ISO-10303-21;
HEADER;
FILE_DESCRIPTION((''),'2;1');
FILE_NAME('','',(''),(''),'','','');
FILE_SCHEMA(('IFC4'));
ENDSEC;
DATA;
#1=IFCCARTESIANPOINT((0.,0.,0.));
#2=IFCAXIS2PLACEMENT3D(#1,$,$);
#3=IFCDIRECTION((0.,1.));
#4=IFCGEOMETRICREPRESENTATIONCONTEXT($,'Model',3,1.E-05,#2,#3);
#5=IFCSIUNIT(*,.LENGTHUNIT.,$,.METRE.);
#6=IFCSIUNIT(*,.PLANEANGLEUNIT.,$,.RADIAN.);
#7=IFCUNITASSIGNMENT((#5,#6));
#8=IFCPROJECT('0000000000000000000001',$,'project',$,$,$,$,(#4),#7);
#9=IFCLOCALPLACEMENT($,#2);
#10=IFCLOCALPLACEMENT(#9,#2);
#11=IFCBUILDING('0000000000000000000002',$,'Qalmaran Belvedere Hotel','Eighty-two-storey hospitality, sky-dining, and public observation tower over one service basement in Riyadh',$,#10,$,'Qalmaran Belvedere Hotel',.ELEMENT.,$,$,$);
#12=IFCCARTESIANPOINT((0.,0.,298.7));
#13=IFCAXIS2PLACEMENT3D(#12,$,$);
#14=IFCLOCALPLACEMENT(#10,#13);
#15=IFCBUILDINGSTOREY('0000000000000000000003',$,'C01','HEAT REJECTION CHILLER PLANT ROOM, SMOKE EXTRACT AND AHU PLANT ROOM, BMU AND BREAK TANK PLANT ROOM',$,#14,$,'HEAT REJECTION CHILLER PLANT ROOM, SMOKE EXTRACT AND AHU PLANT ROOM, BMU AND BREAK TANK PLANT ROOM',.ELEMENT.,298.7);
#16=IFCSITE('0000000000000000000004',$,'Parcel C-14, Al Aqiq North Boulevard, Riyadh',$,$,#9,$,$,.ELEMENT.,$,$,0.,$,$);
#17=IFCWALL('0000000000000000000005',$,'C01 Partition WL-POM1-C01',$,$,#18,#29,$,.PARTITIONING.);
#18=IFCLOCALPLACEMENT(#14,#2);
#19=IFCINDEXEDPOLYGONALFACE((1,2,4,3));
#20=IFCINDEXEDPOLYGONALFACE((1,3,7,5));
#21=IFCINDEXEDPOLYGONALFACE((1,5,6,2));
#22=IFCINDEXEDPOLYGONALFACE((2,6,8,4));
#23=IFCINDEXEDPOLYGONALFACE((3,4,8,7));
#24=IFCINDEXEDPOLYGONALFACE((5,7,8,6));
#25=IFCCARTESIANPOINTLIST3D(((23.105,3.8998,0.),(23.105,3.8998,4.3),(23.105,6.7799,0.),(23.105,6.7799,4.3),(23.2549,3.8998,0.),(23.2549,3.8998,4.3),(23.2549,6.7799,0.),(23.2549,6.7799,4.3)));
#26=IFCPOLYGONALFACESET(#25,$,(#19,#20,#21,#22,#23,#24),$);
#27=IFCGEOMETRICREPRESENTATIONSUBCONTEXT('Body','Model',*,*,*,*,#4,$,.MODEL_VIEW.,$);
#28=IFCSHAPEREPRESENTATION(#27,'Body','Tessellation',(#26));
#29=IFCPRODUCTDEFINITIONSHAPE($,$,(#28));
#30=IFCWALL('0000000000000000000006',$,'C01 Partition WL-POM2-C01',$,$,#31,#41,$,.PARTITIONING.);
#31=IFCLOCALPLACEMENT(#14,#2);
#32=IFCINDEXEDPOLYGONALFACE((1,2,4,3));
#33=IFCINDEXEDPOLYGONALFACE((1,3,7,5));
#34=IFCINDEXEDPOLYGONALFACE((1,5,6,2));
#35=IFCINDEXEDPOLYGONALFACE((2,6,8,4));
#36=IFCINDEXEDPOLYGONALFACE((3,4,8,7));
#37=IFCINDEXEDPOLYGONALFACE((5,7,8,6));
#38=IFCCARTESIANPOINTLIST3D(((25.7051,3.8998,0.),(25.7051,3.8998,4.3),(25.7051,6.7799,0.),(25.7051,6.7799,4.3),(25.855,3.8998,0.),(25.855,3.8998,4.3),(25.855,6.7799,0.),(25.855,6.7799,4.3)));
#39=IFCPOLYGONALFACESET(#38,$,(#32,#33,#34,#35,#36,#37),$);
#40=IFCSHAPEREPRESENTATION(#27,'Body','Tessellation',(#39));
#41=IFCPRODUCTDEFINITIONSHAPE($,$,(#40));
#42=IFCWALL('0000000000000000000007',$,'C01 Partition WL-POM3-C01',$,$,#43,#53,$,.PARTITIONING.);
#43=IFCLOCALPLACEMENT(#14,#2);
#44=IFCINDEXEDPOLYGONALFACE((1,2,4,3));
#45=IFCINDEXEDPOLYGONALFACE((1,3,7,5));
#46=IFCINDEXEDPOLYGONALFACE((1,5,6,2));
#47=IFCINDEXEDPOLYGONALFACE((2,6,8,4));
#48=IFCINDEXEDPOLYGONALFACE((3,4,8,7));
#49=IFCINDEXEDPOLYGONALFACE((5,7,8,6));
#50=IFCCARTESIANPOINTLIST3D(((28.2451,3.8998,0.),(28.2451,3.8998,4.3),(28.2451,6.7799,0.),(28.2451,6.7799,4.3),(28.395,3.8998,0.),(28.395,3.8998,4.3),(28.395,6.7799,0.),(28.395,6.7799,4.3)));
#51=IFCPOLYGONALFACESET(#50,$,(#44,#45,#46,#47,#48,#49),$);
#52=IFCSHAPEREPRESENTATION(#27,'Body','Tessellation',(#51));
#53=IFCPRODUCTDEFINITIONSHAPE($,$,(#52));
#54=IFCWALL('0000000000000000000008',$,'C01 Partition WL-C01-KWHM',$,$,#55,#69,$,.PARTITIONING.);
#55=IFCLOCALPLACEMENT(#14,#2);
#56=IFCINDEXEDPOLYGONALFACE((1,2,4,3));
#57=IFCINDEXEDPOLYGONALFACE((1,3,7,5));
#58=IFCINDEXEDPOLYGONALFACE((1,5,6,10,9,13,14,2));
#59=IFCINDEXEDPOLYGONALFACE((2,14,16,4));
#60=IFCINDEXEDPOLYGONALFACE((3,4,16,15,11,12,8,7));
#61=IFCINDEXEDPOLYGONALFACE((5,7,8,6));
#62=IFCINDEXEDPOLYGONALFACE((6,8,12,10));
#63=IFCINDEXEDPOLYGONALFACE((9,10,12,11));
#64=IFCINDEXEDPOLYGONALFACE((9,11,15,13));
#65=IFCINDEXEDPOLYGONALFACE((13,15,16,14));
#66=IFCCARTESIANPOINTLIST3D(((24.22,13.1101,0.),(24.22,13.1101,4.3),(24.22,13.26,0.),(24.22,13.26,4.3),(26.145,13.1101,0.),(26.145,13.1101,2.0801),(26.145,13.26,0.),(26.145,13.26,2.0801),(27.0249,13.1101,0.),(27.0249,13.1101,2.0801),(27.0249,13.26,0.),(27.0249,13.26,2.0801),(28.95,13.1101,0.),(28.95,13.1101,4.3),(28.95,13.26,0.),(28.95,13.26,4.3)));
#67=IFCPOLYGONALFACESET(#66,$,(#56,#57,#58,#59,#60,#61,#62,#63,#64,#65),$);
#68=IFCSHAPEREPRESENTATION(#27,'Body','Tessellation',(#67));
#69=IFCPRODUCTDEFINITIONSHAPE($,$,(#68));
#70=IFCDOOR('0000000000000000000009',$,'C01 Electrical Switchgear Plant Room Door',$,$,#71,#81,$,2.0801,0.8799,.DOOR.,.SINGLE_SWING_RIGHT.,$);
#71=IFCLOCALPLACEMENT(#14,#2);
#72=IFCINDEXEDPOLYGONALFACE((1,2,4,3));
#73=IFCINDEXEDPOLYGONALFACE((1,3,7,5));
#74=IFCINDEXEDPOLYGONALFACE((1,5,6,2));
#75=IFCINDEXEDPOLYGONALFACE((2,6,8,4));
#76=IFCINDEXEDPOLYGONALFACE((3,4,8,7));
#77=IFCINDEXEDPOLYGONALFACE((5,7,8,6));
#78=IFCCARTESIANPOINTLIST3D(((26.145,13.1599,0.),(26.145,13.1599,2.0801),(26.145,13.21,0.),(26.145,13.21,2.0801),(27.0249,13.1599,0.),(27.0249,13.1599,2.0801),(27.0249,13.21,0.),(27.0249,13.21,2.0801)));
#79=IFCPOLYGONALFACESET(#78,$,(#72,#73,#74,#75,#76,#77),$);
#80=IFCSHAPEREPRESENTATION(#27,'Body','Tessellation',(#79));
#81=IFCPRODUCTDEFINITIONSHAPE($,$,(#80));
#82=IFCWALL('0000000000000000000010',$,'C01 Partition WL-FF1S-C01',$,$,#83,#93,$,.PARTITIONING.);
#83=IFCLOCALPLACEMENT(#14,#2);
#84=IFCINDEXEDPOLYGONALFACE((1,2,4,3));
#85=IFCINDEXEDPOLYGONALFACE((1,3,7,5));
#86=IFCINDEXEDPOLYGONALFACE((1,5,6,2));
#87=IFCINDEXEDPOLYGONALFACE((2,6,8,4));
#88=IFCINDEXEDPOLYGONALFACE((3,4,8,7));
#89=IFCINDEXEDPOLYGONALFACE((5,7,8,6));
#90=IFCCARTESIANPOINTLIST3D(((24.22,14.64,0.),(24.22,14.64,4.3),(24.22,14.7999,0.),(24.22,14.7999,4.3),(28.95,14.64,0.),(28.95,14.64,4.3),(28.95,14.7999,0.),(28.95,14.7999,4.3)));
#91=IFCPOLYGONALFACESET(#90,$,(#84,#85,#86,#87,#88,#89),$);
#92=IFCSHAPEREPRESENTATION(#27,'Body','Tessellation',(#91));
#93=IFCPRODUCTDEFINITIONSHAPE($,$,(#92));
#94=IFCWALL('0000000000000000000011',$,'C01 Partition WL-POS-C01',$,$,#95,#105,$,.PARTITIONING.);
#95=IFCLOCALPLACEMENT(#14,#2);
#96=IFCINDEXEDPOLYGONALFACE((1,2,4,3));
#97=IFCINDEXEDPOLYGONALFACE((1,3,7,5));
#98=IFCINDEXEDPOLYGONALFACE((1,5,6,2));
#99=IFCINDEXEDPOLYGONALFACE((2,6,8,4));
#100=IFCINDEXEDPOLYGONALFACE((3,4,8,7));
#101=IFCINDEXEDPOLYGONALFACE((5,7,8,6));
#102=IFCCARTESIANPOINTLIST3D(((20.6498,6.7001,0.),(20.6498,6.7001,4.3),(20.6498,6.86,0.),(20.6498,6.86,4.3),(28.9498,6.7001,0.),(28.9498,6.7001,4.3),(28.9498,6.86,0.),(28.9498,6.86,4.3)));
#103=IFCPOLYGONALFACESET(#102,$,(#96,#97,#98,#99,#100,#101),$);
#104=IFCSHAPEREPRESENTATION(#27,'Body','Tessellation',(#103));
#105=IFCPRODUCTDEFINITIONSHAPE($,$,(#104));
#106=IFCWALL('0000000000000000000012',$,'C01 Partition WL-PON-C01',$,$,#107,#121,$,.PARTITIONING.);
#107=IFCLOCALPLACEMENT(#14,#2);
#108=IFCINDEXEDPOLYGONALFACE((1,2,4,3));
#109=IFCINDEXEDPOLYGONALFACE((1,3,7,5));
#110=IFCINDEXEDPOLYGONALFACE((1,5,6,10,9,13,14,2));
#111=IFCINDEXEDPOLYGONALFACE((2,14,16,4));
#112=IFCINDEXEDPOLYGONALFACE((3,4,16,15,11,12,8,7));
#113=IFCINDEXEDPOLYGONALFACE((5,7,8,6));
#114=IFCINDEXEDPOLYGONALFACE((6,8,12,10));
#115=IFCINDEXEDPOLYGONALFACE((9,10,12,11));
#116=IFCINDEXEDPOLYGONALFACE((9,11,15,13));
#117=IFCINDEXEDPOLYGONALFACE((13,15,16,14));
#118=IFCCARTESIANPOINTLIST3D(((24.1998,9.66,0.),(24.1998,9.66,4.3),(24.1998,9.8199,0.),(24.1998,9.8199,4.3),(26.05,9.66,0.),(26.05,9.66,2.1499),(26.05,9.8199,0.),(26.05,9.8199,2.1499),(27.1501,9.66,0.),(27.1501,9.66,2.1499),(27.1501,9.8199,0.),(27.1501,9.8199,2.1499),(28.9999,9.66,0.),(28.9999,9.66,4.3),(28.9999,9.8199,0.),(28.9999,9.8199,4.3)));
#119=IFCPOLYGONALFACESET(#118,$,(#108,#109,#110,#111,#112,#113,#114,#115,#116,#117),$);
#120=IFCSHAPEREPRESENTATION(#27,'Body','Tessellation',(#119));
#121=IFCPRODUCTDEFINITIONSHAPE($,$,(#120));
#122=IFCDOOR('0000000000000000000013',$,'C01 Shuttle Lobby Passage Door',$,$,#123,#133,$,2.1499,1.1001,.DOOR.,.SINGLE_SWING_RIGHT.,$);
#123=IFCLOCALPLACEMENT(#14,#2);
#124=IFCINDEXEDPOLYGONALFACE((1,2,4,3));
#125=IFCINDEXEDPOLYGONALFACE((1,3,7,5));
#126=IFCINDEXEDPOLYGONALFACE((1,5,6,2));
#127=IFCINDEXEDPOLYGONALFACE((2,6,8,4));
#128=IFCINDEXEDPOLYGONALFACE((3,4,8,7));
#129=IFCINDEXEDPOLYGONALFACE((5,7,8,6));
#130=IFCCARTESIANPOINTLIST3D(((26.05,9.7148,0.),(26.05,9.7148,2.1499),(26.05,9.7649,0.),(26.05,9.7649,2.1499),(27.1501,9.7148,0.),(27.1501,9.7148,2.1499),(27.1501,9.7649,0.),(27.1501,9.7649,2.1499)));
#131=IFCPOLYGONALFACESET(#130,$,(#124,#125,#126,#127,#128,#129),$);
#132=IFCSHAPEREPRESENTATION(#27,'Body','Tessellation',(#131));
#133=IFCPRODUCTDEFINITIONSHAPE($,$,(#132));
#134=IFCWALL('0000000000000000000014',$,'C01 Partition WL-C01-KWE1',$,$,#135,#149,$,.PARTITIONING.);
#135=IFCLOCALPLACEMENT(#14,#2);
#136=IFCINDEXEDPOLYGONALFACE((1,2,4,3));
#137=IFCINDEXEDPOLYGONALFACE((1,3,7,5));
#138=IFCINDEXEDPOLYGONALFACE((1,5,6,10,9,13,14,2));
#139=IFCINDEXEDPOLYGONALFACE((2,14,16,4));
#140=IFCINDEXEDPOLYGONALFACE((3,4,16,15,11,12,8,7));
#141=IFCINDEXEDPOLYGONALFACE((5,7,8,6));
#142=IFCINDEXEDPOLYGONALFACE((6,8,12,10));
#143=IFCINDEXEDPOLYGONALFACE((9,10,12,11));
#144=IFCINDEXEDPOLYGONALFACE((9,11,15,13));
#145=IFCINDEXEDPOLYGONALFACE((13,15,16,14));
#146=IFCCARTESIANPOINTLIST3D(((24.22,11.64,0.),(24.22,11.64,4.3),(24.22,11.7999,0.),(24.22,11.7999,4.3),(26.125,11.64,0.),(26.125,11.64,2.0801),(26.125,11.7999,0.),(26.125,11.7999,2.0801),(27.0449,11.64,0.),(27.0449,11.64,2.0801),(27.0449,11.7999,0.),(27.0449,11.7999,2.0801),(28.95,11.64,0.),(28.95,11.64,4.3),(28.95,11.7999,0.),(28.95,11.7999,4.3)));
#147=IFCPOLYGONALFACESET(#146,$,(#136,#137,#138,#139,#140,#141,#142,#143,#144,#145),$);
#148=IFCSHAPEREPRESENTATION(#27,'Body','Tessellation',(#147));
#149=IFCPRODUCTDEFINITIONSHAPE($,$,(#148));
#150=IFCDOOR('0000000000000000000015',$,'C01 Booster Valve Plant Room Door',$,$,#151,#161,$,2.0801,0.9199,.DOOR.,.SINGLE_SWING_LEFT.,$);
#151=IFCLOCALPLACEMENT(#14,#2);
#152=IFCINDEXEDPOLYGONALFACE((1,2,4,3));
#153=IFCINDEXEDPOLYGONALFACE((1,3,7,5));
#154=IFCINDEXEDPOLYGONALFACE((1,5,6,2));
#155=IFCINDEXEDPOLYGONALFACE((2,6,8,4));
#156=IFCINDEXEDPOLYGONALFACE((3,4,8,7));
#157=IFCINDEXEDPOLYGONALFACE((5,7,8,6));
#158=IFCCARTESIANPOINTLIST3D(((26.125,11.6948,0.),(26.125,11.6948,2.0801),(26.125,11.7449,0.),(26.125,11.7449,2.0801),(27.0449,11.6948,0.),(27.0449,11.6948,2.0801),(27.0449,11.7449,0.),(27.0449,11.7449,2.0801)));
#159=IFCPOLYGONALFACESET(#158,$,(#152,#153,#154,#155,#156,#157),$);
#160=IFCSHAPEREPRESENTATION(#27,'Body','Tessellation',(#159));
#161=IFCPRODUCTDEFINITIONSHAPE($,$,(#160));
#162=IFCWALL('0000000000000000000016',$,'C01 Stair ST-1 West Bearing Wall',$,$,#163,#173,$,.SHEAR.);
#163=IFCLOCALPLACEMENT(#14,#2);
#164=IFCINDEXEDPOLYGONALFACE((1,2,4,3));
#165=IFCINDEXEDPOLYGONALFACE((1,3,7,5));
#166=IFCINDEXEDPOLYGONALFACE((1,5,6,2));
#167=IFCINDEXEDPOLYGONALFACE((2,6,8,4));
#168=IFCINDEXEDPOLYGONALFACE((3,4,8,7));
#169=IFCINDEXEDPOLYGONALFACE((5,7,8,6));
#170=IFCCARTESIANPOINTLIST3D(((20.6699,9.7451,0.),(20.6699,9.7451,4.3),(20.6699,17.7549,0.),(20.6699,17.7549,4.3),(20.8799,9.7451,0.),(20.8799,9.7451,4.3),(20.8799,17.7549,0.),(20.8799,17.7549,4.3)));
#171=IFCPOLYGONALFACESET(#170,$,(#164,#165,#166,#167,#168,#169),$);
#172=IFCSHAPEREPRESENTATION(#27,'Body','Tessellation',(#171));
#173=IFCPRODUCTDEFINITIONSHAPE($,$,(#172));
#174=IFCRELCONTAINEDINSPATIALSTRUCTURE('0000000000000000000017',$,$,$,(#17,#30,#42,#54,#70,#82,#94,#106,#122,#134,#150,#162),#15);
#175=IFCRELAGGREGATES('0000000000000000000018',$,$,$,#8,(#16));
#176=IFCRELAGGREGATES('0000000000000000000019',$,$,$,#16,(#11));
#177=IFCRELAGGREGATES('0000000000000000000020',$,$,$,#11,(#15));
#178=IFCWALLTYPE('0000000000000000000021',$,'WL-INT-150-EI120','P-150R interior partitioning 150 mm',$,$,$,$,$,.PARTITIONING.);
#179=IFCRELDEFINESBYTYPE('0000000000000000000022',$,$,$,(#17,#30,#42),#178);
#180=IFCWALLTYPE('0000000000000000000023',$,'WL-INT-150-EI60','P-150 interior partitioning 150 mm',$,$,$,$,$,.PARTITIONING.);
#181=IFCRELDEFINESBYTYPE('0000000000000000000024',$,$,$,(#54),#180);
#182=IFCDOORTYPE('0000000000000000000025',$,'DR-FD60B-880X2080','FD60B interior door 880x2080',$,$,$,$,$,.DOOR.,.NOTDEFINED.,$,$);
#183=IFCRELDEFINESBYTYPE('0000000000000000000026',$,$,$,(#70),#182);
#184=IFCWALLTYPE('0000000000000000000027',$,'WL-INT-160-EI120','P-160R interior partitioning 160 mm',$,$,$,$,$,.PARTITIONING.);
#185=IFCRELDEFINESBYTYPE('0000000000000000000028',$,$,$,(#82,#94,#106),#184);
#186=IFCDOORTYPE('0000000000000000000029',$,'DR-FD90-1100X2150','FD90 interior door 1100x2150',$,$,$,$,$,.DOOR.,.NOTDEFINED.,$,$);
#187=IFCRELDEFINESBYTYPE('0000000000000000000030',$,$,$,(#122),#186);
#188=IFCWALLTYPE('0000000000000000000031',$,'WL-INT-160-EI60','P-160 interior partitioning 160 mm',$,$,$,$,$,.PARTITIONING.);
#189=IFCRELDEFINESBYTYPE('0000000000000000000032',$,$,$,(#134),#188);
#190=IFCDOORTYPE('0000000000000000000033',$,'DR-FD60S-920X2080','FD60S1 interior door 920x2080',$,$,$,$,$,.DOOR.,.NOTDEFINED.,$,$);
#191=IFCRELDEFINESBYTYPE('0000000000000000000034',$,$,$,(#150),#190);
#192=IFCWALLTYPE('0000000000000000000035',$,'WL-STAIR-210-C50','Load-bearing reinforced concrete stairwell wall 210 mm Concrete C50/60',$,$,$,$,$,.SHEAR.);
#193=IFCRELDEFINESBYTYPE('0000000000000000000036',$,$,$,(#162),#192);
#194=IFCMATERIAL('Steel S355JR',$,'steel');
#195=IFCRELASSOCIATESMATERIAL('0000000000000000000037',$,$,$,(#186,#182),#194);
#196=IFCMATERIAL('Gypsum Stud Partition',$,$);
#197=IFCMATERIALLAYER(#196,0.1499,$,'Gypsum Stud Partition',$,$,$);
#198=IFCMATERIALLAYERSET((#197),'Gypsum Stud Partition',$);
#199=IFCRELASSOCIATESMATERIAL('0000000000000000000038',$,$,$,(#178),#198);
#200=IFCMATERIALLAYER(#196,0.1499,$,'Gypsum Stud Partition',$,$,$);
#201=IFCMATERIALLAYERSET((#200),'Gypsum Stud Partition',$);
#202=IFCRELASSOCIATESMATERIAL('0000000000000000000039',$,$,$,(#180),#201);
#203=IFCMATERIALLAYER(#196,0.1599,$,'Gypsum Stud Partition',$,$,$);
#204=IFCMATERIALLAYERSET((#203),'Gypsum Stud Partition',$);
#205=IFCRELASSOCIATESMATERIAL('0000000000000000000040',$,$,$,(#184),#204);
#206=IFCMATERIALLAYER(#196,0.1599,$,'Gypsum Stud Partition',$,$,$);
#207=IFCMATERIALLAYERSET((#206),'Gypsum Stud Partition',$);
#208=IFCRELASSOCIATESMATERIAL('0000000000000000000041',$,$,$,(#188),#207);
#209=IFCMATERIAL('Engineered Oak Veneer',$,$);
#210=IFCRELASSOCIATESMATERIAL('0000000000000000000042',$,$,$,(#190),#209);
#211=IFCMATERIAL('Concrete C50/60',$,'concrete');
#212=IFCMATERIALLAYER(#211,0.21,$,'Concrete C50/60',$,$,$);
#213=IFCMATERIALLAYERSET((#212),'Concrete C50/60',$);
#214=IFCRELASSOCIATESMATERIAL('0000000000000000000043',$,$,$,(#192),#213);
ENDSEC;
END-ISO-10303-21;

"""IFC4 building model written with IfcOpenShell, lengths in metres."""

from ifc_helpers import new_model, si_unit, direction, frame, frame_2d, origin, place, context, subcontext, project, spatial, rectangle, extrude, material, layer, layer_set, type_object, element, fill, save


model = new_model("IFC4")

# Units and contexts
model_context = context("Model", 3, precision=1e-05, world=origin(), true_north=direction((0.0, 1.0)))
body_context = subcontext(model_context, "Body", "Model", "MODEL_VIEW")
ifc_project = project(units=[si_unit("LENGTHUNIT", "METRE"), si_unit("PLANEANGLEUNIT", "RADIAN")], contexts=[model_context])

# Site, building, storey
site_placement = place(None, origin())
site = spatial("IfcSite", under=ifc_project, at=site_placement, Name="Parcel C-14, Al Aqiq North Boulevard, Riyadh", CompositionType="ELEMENT", RefElevation=0.0)
building_placement = place(site_placement, origin())
building = spatial("IfcBuilding", under=site, at=building_placement, Name="Qalmaran Belvedere Hotel", Description="Eighty-two-storey hospitality, sky-dining, and public observation tower over one service basement in Riyadh", LongName="Qalmaran Belvedere Hotel", CompositionType="ELEMENT")
storey_placement = place(building_placement, frame((0.0, 0.0, 298.7)))
storey = spatial("IfcBuildingStorey", under=building, at=storey_placement, Name="C01", Description="HEAT REJECTION CHILLER PLANT ROOM, SMOKE EXTRACT AND AHU PLANT ROOM, BMU AND BREAK TANK PLANT ROOM", LongName="HEAT REJECTION CHILLER PLANT ROOM, SMOKE EXTRACT AND AHU PLANT ROOM, BMU AND BREAK TANK PLANT ROOM", CompositionType="ELEMENT", Elevation=298.7)

# Shared definitions
ifc_material_1 = material(Name="Concrete C50/60", Category="concrete")

# Shared definitions
ifc_material_2 = material(Name="Steel S355JR", Category="steel")

# Shared definitions
door_type_1 = type_object("IfcDoorType", Name="DR-FD90-1100X2150", Description="FD90 interior door 1100x2150", OperationType="NOTDEFINED", PredefinedType="DOOR", material=ifc_material_2)

# Walls
ifc_material_3 = material(Name="Gypsum Stud Partition")
ifc_layer_1 = layer(ifc_material_3, 0.1499, Name="Gypsum Stud Partition")
ifc_layer_set_1 = layer_set([ifc_layer_1], Name="Gypsum Stud Partition")
wall_type_1 = type_object("IfcWallType", Name="WL-INT-150-EI120", Description="P-150R interior partitioning 150 mm", PredefinedType="PARTITIONING", material=ifc_layer_set_1)
for number, where, z_axis, x_axis, name in (
    (1, (23.1799, 3.8999, 0.0), (0.0, 0.0, 1.0), (0.0, 1.0, 0.0), "C01 Partition WL-POM1-C01"),
    (2, (25.78, 3.8999, 0.0), (0.0, 0.0, 1.0), (0.0, 1.0, 0.0), "C01 Partition WL-POM2-C01"),
    (3, (28.3201, 3.8999, 0.0), (0.0, 0.0, 1.0), (0.0, 1.0, 0.0), "C01 Partition WL-POM3-C01"),
):
    element("IfcWall", number, at=place(storey_placement, frame(where, z_axis=z_axis, x_axis=x_axis)), inside=storey, type_object=wall_type_1, Name=name, PredefinedType="PARTITIONING", context=body_context, shape_type="SweptSolid", body=[
        extrude(rectangle(XDim=2.8801, YDim=0.1499, at=frame_2d((1.4399, 0.0))), origin(), (0.0, 0.0, 1.0), 4.3),
    ])

# Wall, opening, door
ifc_layer_2 = layer(ifc_material_3, 0.1499, Name="Gypsum Stud Partition")
ifc_layer_set_2 = layer_set([ifc_layer_2], Name="Gypsum Stud Partition")
wall_type_2 = type_object("IfcWallType", Name="WL-INT-150-EI60", Description="P-150 interior partitioning 150 mm", PredefinedType="PARTITIONING", material=ifc_layer_set_2)
wall_1_placement = place(storey_placement, frame((24.22, 13.1851, 0.0), z_axis=(0.0, 0.0, 1.0), x_axis=(1.0, 0.0, 0.0)))
wall_1 = element("IfcWall", 4, at=wall_1_placement, inside=storey, type_object=wall_type_2, Name="C01 Partition WL-C01-KWHM", PredefinedType="PARTITIONING", context=body_context, shape_type="SweptSolid", body=[
    extrude(rectangle(XDim=4.73, YDim=0.1499, at=frame_2d((2.365, 0.0))), origin(), (0.0, 0.0, 1.0), 4.3),
])
opening_1_placement = place(wall_1_placement, frame((1.925, 0.0, 0.0)))
opening_1 = element("IfcOpeningElement", 5, at=opening_1_placement, cuts=wall_1, PredefinedType="OPENING", context=body_context, shape_type="SweptSolid", body=[
    extrude(rectangle(XDim=0.8799, YDim=2.0801, at=frame_2d((0.4399, 1.04))), frame((0.0, 0.085, 0.0), z_axis=(0.0, -1.0, 0.0), x_axis=(1.0, 0.0, 0.0)), (0.0, 0.0, 1.0), 0.1699),
])
door_type_2 = type_object("IfcDoorType", Name="DR-FD60B-880X2080", Description="FD60B interior door 880x2080", OperationType="NOTDEFINED", PredefinedType="DOOR", material=ifc_material_2)
door_1_placement = place(opening_1_placement, origin())
door_1 = element("IfcDoor", 6, at=door_1_placement, inside=storey, type_object=door_type_2, Name="C01 Electrical Switchgear Plant Room Door", OperationType="SINGLE_SWING_RIGHT", OverallHeight=2.0801, OverallWidth=0.8799, PredefinedType="DOOR", context=body_context, shape_type="SweptSolid", body=[
    extrude(rectangle(XDim=0.8799, YDim=2.0801, at=frame_2d((0.4399, 1.04))), frame((0.0, 0.0249, 0.0), z_axis=(0.0, -1.0, 0.0), x_axis=(1.0, 0.0, 0.0)), (0.0, 0.0, 1.0), 0.05),
])
fill(opening_1, door_1)

# Walls
ifc_layer_3 = layer(ifc_material_3, 0.1599, Name="Gypsum Stud Partition")
ifc_layer_set_3 = layer_set([ifc_layer_3], Name="Gypsum Stud Partition")
wall_type_3 = type_object("IfcWallType", Name="WL-INT-160-EI120", Description="P-160R interior partitioning 160 mm", PredefinedType="PARTITIONING", material=ifc_layer_set_3)
wall_2_placement = place(storey_placement, frame((24.22, 14.72, 0.0), z_axis=(0.0, 0.0, 1.0), x_axis=(1.0, 0.0, 0.0)))
element("IfcWall", 7, at=wall_2_placement, inside=storey, type_object=wall_type_3, Name="C01 Partition WL-FF1S-C01", PredefinedType="PARTITIONING", context=body_context, shape_type="SweptSolid", body=[
    extrude(rectangle(XDim=4.73, YDim=0.1599, at=frame_2d((2.365, 0.0))), origin(), (0.0, 0.0, 1.0), 4.3),
])
wall_3_placement = place(storey_placement, frame((20.6499, 6.78, 0.0), z_axis=(0.0, 0.0, 1.0), x_axis=(1.0, 0.0, 0.0)))
element("IfcWall", 8, at=wall_3_placement, inside=storey, type_object=wall_type_3, Name="C01 Partition WL-POS-C01", PredefinedType="PARTITIONING", context=body_context, shape_type="SweptSolid", body=[
    extrude(rectangle(XDim=8.3, YDim=0.1599, at=frame_2d((4.1499, 0.0))), origin(), (0.0, 0.0, 1.0), 4.3),
])

# Walls, openings, doors
wall_4_placement = place(storey_placement, frame((24.2, 9.74, 0.0), z_axis=(0.0, 0.0, 1.0), x_axis=(1.0, 0.0, 0.0)))
wall_4 = element("IfcWall", 9, at=wall_4_placement, inside=storey, type_object=wall_type_3, Name="C01 Partition WL-PON-C01", PredefinedType="PARTITIONING", context=body_context, shape_type="SweptSolid", body=[
    extrude(rectangle(XDim=4.8, YDim=0.1599, at=frame_2d((2.3999, 0.0))), origin(), (0.0, 0.0, 1.0), 4.3),
])
opening_2_placement = place(wall_4_placement, frame((1.8501, 0.0, 0.0)))
opening_2 = element("IfcOpeningElement", 10, at=opening_2_placement, cuts=wall_4, PredefinedType="OPENING", context=body_context, shape_type="SweptSolid", body=[
    extrude(rectangle(XDim=1.1001, YDim=2.1499, at=frame_2d((0.55, 1.075))), frame((0.0, 0.0898, 0.0), z_axis=(0.0, -1.0, 0.0), x_axis=(1.0, 0.0, 0.0)), (0.0, 0.0, 1.0), 0.1799),
])
door_2_placement = place(opening_2_placement, origin())
door_2 = element("IfcDoor", 11, at=door_2_placement, inside=storey, type_object=door_type_1, Name="C01 Shuttle Lobby Passage Door", OperationType="SINGLE_SWING_RIGHT", OverallHeight=2.1499, OverallWidth=1.1001, PredefinedType="DOOR", context=body_context, shape_type="SweptSolid", body=[
    extrude(rectangle(XDim=1.1001, YDim=2.1499, at=frame_2d((0.55, 1.075))), frame((0.0, 0.0249, 0.0), z_axis=(0.0, -1.0, 0.0), x_axis=(1.0, 0.0, 0.0)), (0.0, 0.0, 1.0), 0.05),
])
fill(opening_2, door_2)
ifc_layer_4 = layer(ifc_material_3, 0.1599, Name="Gypsum Stud Partition")
ifc_layer_set_4 = layer_set([ifc_layer_4], Name="Gypsum Stud Partition")
wall_type_4 = type_object("IfcWallType", Name="WL-INT-160-EI60", Description="P-160 interior partitioning 160 mm", PredefinedType="PARTITIONING", material=ifc_layer_set_4)
wall_5_placement = place(storey_placement, frame((24.22, 11.72, 0.0), z_axis=(0.0, 0.0, 1.0), x_axis=(1.0, 0.0, 0.0)))
wall_5 = element("IfcWall", 12, at=wall_5_placement, inside=storey, type_object=wall_type_4, Name="C01 Partition WL-C01-KWE1", PredefinedType="PARTITIONING", context=body_context, shape_type="SweptSolid", body=[
    extrude(rectangle(XDim=4.73, YDim=0.1599, at=frame_2d((2.365, 0.0))), origin(), (0.0, 0.0, 1.0), 4.3),
])
opening_3_placement = place(wall_5_placement, frame((1.905, 0.0, 0.0)))
opening_3 = element("IfcOpeningElement", 13, at=opening_3_placement, cuts=wall_5, PredefinedType="OPENING", context=body_context, shape_type="SweptSolid", body=[
    extrude(rectangle(XDim=0.9199, YDim=2.0801, at=frame_2d((0.46, 1.04))), frame((0.0, 0.0898, 0.0), z_axis=(0.0, -1.0, 0.0), x_axis=(1.0, 0.0, 0.0)), (0.0, 0.0, 1.0), 0.1799),
])
ifc_material_4 = material(Name="Engineered Oak Veneer")
door_type_3 = type_object("IfcDoorType", Name="DR-FD60S-920X2080", Description="FD60S1 interior door 920x2080", OperationType="NOTDEFINED", PredefinedType="DOOR", material=ifc_material_4)
door_3_placement = place(opening_3_placement, origin())
door_3 = element("IfcDoor", 14, at=door_3_placement, inside=storey, type_object=door_type_3, Name="C01 Booster Valve Plant Room Door", OperationType="SINGLE_SWING_LEFT", OverallHeight=2.0801, OverallWidth=0.9199, PredefinedType="DOOR", context=body_context, shape_type="SweptSolid", body=[
    extrude(rectangle(XDim=0.9199, YDim=2.0801, at=frame_2d((0.46, 1.04))), frame((0.0, 0.0249, 0.0), z_axis=(0.0, -1.0, 0.0), x_axis=(1.0, 0.0, 0.0)), (0.0, 0.0, 1.0), 0.05),
])
fill(opening_3, door_3)

# Wall
ifc_layer_5 = layer(ifc_material_1, 0.21, Name="Concrete C50/60")
ifc_layer_set_5 = layer_set([ifc_layer_5], Name="Concrete C50/60")
wall_type_5 = type_object("IfcWallType", Name="WL-STAIR-210-C50", Description="Load-bearing reinforced concrete stairwell wall 210 mm Concrete C50/60", PredefinedType="SHEAR", material=ifc_layer_set_5)
for number, where, z_axis, x_axis, name in (
    (15, (20.7749, 9.7451, 0.0), (0.0, 0.0, 1.0), (0.0, 1.0, 0.0), "C01 Stair ST-1 West Bearing Wall"),
):
    element("IfcWall", number, at=place(storey_placement, frame(where, z_axis=z_axis, x_axis=x_axis)), inside=storey, type_object=wall_type_5, Name=name, PredefinedType="SHEAR", context=body_context, shape_type="SweptSolid", body=[
        extrude(rectangle(XDim=8.0098, YDim=0.21, at=frame_2d((4.0049, 0.0))), origin(), (0.0, 0.0, 1.0), 4.3),
    ])

save(model, "model.ifc")
